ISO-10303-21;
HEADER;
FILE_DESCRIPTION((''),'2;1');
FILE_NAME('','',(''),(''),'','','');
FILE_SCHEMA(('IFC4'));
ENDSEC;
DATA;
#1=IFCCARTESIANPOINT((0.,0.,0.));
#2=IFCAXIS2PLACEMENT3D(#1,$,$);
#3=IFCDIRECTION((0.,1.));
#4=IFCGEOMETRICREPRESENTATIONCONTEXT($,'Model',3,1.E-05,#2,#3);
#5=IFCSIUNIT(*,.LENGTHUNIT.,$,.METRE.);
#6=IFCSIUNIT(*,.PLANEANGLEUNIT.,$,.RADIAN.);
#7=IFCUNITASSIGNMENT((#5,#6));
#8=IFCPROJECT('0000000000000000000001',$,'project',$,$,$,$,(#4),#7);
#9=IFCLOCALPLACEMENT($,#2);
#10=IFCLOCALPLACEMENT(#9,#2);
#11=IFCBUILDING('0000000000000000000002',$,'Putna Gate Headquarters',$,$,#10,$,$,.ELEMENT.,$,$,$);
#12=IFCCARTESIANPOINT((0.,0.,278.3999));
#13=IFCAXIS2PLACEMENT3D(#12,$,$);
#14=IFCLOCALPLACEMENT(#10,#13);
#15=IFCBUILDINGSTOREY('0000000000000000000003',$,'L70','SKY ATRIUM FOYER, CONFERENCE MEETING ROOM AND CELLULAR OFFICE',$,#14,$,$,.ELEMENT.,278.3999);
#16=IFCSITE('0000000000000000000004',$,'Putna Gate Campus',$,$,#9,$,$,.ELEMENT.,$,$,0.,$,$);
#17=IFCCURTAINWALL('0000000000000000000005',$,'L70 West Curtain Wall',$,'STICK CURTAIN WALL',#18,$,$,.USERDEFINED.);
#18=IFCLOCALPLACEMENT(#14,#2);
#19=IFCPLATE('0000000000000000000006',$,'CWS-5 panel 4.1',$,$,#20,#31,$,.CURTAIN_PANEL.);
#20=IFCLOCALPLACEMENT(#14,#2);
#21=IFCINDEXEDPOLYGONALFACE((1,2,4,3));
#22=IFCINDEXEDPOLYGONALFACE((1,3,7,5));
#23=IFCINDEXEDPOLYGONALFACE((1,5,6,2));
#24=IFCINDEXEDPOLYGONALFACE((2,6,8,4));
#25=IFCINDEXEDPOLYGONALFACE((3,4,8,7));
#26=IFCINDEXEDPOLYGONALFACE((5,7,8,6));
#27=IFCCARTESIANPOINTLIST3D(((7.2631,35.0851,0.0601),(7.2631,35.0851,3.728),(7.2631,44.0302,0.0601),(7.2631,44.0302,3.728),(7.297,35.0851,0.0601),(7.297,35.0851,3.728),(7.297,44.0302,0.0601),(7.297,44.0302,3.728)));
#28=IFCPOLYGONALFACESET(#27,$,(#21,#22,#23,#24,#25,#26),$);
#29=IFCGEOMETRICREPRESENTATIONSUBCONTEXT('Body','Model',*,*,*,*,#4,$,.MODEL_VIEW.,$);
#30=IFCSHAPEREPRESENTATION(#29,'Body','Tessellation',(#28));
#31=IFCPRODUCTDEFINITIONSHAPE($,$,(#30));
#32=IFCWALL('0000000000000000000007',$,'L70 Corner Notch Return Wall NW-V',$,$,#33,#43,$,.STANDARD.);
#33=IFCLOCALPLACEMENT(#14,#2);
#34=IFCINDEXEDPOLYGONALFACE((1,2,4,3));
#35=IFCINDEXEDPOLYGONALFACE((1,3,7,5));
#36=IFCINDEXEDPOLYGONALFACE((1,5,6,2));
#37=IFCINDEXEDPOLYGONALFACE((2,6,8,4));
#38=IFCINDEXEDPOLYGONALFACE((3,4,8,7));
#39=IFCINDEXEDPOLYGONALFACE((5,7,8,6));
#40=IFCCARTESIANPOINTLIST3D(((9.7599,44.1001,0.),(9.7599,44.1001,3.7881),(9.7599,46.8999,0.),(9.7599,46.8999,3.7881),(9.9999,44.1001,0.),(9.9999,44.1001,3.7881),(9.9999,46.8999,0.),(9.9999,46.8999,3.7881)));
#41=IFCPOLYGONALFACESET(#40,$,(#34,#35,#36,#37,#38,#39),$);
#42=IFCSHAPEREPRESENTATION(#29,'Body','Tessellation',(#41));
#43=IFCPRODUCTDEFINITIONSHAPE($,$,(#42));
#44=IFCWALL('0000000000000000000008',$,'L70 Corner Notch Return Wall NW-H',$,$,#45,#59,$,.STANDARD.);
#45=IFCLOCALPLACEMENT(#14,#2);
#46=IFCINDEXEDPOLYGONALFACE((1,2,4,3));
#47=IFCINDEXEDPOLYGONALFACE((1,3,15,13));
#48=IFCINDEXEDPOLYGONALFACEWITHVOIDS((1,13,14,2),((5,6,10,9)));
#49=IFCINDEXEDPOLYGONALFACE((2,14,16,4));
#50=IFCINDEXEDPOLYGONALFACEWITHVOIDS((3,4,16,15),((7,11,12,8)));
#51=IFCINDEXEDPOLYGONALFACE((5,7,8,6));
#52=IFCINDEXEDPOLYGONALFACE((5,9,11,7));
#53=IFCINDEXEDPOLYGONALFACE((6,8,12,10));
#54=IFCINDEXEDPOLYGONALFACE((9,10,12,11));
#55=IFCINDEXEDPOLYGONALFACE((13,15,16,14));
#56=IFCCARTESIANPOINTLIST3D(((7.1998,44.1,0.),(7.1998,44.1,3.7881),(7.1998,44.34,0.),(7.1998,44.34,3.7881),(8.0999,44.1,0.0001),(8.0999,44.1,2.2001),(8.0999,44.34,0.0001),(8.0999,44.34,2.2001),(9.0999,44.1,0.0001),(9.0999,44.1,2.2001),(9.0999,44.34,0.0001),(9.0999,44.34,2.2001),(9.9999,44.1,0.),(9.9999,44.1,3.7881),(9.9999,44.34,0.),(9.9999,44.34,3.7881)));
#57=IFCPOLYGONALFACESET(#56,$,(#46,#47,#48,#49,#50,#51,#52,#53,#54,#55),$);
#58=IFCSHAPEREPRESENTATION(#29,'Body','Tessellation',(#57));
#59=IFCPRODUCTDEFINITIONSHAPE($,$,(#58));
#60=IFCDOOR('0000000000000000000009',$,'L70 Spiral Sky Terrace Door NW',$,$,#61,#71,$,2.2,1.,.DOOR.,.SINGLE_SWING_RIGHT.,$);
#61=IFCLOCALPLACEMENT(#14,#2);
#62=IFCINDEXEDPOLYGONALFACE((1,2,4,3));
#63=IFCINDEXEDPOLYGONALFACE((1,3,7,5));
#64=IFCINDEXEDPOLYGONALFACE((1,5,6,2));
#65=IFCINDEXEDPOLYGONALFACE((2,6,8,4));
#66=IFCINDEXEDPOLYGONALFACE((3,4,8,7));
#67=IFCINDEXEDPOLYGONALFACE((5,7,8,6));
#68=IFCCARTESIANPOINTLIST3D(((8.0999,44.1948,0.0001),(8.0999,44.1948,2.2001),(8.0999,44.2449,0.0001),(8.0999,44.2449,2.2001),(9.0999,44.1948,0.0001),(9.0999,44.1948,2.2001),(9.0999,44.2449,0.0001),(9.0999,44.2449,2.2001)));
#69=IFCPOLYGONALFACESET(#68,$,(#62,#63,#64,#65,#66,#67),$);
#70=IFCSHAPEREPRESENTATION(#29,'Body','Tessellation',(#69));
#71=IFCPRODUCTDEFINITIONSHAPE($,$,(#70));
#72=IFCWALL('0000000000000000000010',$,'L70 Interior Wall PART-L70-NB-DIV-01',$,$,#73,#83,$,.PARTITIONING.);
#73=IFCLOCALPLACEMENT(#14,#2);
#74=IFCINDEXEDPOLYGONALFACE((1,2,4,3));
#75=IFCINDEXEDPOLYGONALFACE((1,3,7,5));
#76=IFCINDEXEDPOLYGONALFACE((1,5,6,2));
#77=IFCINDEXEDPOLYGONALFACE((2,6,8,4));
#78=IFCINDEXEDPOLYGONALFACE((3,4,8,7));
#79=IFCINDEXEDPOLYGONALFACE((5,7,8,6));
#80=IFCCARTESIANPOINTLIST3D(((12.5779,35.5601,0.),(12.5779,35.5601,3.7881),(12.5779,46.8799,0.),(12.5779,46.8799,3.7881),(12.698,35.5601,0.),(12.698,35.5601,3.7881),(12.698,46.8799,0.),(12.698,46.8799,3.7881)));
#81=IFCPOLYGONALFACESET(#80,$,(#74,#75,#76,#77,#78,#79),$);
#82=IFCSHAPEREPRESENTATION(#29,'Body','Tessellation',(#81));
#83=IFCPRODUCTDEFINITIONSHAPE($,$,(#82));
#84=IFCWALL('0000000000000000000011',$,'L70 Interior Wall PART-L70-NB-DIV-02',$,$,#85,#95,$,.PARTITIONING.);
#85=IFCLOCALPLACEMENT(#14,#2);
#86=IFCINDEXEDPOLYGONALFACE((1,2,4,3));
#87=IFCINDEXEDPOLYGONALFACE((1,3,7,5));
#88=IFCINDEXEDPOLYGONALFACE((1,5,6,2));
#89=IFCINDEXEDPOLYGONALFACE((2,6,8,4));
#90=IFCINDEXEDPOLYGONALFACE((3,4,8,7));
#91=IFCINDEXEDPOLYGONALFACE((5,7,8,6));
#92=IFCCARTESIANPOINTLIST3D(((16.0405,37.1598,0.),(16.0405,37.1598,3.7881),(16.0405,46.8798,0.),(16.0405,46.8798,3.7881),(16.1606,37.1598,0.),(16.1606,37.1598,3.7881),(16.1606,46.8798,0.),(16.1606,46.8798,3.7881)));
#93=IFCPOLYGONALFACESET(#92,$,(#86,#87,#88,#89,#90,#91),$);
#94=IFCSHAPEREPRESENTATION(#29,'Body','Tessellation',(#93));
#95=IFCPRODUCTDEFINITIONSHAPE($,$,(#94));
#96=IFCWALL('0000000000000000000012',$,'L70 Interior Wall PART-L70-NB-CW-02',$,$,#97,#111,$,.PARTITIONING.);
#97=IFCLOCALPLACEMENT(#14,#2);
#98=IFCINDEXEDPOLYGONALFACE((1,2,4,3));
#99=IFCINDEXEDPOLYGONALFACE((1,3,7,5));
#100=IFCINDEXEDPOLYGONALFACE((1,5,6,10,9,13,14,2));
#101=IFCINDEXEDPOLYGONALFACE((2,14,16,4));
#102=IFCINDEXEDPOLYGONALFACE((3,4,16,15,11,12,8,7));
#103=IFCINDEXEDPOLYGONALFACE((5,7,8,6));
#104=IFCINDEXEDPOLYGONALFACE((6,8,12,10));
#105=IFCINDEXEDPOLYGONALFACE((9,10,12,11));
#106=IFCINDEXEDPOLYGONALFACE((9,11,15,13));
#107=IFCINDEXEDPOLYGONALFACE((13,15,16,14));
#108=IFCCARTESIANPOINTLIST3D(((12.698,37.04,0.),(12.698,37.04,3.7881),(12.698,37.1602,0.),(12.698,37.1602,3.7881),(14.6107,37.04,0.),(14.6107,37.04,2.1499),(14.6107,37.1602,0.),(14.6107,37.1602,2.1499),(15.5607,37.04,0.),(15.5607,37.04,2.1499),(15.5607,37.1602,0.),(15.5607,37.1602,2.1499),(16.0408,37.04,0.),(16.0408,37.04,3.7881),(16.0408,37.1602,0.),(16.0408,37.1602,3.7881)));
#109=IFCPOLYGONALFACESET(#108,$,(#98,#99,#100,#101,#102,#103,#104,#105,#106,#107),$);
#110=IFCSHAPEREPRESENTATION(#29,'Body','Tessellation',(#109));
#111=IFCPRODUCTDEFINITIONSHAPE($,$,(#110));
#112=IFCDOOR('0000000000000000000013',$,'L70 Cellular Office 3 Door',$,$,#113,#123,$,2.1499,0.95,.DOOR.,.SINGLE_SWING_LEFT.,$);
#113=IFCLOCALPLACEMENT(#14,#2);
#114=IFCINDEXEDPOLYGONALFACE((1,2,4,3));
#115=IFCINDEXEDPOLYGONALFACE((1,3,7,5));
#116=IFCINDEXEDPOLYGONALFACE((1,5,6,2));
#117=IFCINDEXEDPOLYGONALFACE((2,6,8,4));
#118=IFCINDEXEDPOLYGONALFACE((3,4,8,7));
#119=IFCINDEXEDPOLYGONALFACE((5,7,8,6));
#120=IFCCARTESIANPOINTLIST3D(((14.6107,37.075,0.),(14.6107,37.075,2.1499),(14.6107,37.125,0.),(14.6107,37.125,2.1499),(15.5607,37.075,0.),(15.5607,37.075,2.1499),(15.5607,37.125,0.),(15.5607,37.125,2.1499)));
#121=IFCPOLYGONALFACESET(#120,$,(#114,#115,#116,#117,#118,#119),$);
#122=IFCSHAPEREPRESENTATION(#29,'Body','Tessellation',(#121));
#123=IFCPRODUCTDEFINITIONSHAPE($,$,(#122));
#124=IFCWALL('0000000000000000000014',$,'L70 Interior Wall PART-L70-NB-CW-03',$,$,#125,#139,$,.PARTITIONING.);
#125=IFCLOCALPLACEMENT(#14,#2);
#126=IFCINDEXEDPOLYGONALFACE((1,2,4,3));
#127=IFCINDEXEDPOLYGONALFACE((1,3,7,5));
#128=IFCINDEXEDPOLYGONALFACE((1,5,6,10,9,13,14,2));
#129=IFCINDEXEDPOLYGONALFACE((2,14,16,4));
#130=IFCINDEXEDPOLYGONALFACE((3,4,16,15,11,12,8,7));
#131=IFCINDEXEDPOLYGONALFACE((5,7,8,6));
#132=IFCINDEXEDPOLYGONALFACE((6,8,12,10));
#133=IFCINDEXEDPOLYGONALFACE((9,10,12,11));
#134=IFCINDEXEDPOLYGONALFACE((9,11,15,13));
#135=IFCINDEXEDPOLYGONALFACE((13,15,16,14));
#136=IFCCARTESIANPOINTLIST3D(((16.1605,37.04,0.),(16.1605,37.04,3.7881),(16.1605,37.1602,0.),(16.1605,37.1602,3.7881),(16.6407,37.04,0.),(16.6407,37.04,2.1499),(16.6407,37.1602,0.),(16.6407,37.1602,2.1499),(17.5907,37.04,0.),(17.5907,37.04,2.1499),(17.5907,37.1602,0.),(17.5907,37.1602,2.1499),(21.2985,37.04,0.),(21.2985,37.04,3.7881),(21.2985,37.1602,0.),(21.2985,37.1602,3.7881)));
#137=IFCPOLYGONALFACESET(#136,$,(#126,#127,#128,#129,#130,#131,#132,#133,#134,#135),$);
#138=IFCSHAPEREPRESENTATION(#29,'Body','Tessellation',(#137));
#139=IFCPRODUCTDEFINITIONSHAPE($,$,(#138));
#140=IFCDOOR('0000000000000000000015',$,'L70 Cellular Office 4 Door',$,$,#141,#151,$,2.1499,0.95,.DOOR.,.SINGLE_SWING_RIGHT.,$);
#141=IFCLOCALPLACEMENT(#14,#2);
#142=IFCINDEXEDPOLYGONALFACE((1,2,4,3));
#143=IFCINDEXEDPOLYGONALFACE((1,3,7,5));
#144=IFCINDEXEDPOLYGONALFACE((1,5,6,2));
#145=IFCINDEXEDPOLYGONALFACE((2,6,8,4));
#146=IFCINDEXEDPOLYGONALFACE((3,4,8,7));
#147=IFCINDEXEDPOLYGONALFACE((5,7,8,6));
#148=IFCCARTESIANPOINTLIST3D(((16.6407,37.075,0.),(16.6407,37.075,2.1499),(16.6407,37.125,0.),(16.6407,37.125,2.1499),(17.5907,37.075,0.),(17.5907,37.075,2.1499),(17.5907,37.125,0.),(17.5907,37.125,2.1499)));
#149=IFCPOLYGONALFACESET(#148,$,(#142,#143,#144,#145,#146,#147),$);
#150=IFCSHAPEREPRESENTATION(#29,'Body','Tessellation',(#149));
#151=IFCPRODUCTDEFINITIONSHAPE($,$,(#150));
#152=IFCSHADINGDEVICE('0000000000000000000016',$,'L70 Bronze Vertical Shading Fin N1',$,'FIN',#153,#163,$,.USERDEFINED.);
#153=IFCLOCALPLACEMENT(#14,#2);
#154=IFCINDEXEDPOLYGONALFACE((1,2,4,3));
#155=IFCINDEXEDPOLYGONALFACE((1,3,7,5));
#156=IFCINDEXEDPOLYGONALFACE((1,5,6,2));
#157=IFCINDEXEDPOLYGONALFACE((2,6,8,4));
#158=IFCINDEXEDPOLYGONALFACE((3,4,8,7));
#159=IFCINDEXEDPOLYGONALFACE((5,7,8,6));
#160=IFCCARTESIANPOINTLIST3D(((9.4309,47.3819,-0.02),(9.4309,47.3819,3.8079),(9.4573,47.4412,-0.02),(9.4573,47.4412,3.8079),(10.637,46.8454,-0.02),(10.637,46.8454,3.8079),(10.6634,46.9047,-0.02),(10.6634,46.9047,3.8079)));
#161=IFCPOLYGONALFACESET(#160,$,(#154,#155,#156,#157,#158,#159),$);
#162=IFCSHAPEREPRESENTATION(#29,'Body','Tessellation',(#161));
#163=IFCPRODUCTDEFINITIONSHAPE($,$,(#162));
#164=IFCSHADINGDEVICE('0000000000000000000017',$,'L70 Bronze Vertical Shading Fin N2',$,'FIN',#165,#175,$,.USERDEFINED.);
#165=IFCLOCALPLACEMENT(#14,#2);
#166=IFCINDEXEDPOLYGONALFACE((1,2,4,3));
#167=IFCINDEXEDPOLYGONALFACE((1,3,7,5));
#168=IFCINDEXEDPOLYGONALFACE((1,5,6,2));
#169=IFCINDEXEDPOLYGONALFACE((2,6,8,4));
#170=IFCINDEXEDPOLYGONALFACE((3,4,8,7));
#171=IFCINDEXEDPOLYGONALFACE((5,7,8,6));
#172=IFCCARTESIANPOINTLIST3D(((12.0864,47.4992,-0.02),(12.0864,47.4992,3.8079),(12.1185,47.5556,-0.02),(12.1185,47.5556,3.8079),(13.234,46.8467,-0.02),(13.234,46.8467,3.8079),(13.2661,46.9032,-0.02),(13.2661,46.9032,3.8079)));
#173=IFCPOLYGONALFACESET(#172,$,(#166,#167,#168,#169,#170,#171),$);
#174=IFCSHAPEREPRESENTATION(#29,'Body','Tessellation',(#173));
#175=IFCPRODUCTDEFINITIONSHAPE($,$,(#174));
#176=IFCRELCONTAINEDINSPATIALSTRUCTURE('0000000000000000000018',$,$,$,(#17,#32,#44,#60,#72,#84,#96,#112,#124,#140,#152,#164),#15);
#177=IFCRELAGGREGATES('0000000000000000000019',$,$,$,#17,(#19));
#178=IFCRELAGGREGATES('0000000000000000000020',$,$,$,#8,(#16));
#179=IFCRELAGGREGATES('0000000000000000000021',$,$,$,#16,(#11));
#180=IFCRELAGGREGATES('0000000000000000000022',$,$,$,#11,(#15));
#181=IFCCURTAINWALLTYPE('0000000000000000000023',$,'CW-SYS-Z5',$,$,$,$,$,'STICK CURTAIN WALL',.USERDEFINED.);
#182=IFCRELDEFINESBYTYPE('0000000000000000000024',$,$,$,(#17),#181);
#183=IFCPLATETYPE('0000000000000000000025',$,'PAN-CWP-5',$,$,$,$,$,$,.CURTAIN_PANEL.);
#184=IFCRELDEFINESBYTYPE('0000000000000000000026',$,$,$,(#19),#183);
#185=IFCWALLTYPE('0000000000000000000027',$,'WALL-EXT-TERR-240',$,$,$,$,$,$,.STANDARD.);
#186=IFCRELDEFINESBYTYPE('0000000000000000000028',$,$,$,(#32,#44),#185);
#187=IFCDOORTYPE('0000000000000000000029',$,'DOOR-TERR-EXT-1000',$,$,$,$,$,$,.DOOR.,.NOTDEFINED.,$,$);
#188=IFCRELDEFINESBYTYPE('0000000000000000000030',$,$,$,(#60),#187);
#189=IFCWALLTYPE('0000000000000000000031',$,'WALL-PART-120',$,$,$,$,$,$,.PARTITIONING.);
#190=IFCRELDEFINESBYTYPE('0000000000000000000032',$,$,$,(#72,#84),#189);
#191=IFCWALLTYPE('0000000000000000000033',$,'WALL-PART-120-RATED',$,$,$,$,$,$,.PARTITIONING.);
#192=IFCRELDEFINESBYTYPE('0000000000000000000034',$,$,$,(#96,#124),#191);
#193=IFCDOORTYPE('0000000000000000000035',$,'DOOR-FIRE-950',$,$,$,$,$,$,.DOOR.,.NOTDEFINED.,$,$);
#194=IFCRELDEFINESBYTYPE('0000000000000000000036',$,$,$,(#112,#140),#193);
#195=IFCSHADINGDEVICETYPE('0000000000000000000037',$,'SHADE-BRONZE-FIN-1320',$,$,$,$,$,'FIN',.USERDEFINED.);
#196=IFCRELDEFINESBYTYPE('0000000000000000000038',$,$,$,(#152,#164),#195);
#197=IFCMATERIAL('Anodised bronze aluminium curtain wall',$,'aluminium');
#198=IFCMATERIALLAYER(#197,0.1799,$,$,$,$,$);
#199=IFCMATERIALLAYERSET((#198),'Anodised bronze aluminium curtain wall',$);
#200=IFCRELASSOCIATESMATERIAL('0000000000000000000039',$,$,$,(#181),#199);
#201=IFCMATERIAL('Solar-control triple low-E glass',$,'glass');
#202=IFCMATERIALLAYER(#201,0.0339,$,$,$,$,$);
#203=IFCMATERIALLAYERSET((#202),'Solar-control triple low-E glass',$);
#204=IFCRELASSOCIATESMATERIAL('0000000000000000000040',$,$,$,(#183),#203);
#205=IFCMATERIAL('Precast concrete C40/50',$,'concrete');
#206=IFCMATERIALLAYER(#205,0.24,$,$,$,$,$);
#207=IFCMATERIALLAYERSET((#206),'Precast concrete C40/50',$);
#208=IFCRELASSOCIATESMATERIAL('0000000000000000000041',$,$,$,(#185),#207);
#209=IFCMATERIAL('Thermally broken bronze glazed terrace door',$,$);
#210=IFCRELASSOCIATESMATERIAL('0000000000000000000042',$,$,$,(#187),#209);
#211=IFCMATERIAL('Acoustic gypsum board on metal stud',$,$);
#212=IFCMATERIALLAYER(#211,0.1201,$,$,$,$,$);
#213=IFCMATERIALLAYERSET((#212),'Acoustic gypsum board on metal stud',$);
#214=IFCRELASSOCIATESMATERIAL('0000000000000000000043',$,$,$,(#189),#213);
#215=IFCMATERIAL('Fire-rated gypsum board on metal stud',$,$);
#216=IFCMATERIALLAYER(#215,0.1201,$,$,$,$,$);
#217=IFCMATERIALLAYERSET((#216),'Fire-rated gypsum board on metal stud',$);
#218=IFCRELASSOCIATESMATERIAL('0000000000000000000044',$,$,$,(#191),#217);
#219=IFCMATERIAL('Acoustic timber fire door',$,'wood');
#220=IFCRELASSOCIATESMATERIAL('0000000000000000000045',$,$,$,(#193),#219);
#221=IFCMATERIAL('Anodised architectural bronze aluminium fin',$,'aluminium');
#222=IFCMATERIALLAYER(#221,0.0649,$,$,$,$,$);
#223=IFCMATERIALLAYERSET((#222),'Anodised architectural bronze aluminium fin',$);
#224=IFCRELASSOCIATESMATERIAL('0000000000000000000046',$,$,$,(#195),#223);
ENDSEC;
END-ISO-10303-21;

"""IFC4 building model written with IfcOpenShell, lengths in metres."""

from ifc_helpers import new_model, si_unit, direction, frame, frame_2d, origin, origin_2d, place, context, subcontext, project, spatial, rectangle, extrude, material, layer, layer_set, type_object, element, fill, aggregate, save


model = new_model("IFC4")

# Units and contexts
model_context = context("Model", 3, precision=1e-05, world=origin(), true_north=direction((0.0, 1.0)))
body_context = subcontext(model_context, "Body", "Model", "MODEL_VIEW")
ifc_project = project(units=[si_unit("LENGTHUNIT", "METRE"), si_unit("PLANEANGLEUNIT", "RADIAN")], contexts=[model_context])

# Site, building, storey
site_placement = place(None, origin())
site = spatial("IfcSite", under=ifc_project, at=site_placement, Name="Putna Gate Campus", CompositionType="ELEMENT", RefElevation=0.0)
building_placement = place(site_placement, origin())
building = spatial("IfcBuilding", under=site, at=building_placement, Name="Putna Gate Headquarters", CompositionType="ELEMENT")
storey_placement = place(building_placement, frame((0.0, 0.0, 278.3999)))
storey = spatial("IfcBuildingStorey", under=building, at=storey_placement, Name="L70", Description="SKY ATRIUM FOYER, CONFERENCE MEETING ROOM AND CELLULAR OFFICE", CompositionType="ELEMENT", Elevation=278.3999)

# Shared definitions
ifc_material_1 = material(Name="Anodised bronze aluminium curtain wall", Category="aluminium")
ifc_layer_1 = layer(ifc_material_1, 0.1799)
ifc_layer_set_1 = layer_set([ifc_layer_1], Name="Anodised bronze aluminium curtain wall")
curtain_wall_type = type_object("IfcCurtainWallType", Name="CW-SYS-Z5", ElementType="STICK CURTAIN WALL", PredefinedType="USERDEFINED", material=ifc_layer_set_1)

# Curtain wall
curtain_wall_1_placement = place(storey_placement, origin())
curtain_wall_1 = element("IfcCurtainWall", 1, at=curtain_wall_1_placement, inside=storey, type_object=curtain_wall_type, Name="L70 West Curtain Wall", ObjectType="STICK CURTAIN WALL", PredefinedType="USERDEFINED")

# Plate
ifc_material_2 = material(Name="Solar-control triple low-E glass", Category="glass")
ifc_layer_2 = layer(ifc_material_2, 0.0339)
ifc_layer_set_2 = layer_set([ifc_layer_2], Name="Solar-control triple low-E glass")
plate_type = type_object("IfcPlateType", Name="PAN-CWP-5", PredefinedType="CURTAIN_PANEL", material=ifc_layer_set_2)
plate_1_placement = place(storey_placement, frame((7.28, 39.5576, 0.0601), z_axis=(0.0, 0.0, 1.0), x_axis=(0.0, 1.0, 0.0)))
plate_1 = element("IfcPlate", 2, at=plate_1_placement, type_object=plate_type, Name="CWS-5 panel 4.1", PredefinedType="CURTAIN_PANEL", context=body_context, shape_type="SweptSolid", body=[
    extrude(rectangle(XDim=8.9451, YDim=0.0339, at=origin_2d()), origin(), (0.0, 0.0, 1.0), 3.668),
])
aggregate(curtain_wall_1, [plate_1])

# Wall
ifc_material_3 = material(Name="Precast concrete C40/50", Category="concrete")
ifc_layer_3 = layer(ifc_material_3, 0.24)
ifc_layer_set_3 = layer_set([ifc_layer_3], Name="Precast concrete C40/50")
wall_type_1 = type_object("IfcWallType", Name="WALL-EXT-TERR-240", PredefinedType="STANDARD", material=ifc_layer_set_3)
wall_1_placement = place(storey_placement, frame((9.8799, 44.1001, 0.0), z_axis=(0.0, 0.0, 1.0), x_axis=(0.0, 1.0, 0.0)))
element("IfcWall", 3, at=wall_1_placement, inside=storey, type_object=wall_type_1, Name="L70 Corner Notch Return Wall NW-V", PredefinedType="STANDARD", context=body_context, shape_type="SweptSolid", body=[
    extrude(rectangle(XDim=2.7998, YDim=0.24, at=frame_2d((1.3999, 0.0))), origin(), (0.0, 0.0, 1.0), 3.7881),
])

# Wall, opening, door
wall_2_placement = place(storey_placement, frame((7.2, 44.22, 0.0), z_axis=(0.0, 0.0, 1.0), x_axis=(1.0, 0.0, 0.0)))
wall_2 = element("IfcWall", 4, at=wall_2_placement, inside=storey, type_object=wall_type_1, Name="L70 Corner Notch Return Wall NW-H", PredefinedType="STANDARD", context=body_context, shape_type="SweptSolid", body=[
    extrude(rectangle(XDim=2.8, YDim=0.24, at=frame_2d((1.3999, 0.0))), origin(), (0.0, 0.0, 1.0), 3.7881),
])
opening_1_placement = place(wall_2_placement, frame((0.8999, 0.0, 0.0)))
opening_1 = element("IfcOpeningElement", 5, at=opening_1_placement, cuts=wall_2, PredefinedType="OPENING", context=body_context, shape_type="SweptSolid", body=[
    extrude(rectangle(XDim=1.0, YDim=2.2, at=frame_2d((0.5, 1.1001))), frame((0.0, 0.1299, 0.0), z_axis=(0.0, -1.0, 0.0), x_axis=(1.0, 0.0, 0.0)), (0.0, 0.0, 1.0), 0.26),
])
ifc_material_4 = material(Name="Thermally broken bronze glazed terrace door")
door_type_1 = type_object("IfcDoorType", Name="DOOR-TERR-EXT-1000", OperationType="NOTDEFINED", PredefinedType="DOOR", material=ifc_material_4)
door_1_placement = place(opening_1_placement, origin())
door_1 = element("IfcDoor", 6, at=door_1_placement, inside=storey, type_object=door_type_1, Name="L70 Spiral Sky Terrace Door NW", OperationType="SINGLE_SWING_RIGHT", OverallHeight=2.2, OverallWidth=1.0, PredefinedType="DOOR", context=body_context, shape_type="SweptSolid", body=[
    extrude(rectangle(XDim=1.0, YDim=2.2, at=frame_2d((0.5, 1.1001))), frame((0.0, 0.0249, 0.0), z_axis=(0.0, -1.0, 0.0), x_axis=(1.0, 0.0, 0.0)), (0.0, 0.0, 1.0), 0.05),
])
fill(opening_1, door_1)

# Walls
ifc_material_5 = material(Name="Acoustic gypsum board on metal stud")
ifc_layer_4 = layer(ifc_material_5, 0.1201)
ifc_layer_set_4 = layer_set([ifc_layer_4], Name="Acoustic gypsum board on metal stud")
wall_type_2 = type_object("IfcWallType", Name="WALL-PART-120", PredefinedType="PARTITIONING", material=ifc_layer_set_4)
wall_3_placement = place(storey_placement, frame((12.6379, 35.5601, 0.0), z_axis=(0.0, 0.0, 1.0), x_axis=(0.0, 1.0, 0.0)))
element("IfcWall", 7, at=wall_3_placement, inside=storey, type_object=wall_type_2, Name="L70 Interior Wall PART-L70-NB-DIV-01", PredefinedType="PARTITIONING", context=body_context, shape_type="SweptSolid", body=[
    extrude(rectangle(XDim=11.3198, YDim=0.1201, at=frame_2d((5.6599, 0.0))), origin(), (0.0, 0.0, 1.0), 3.7881),
])
wall_4_placement = place(storey_placement, frame((16.1006, 37.1599, 0.0), z_axis=(0.0, 0.0, 1.0), x_axis=(0.0, 1.0, 0.0)))
element("IfcWall", 8, at=wall_4_placement, inside=storey, type_object=wall_type_2, Name="L70 Interior Wall PART-L70-NB-DIV-02", PredefinedType="PARTITIONING", context=body_context, shape_type="SweptSolid", body=[
    extrude(rectangle(XDim=9.72, YDim=0.1201, at=frame_2d((4.8599, 0.0))), origin(), (0.0, 0.0, 1.0), 3.7881),
])

# Walls, openings, doors
ifc_material_6 = material(Name="Fire-rated gypsum board on metal stud")
ifc_layer_5 = layer(ifc_material_6, 0.1201)
ifc_layer_set_5 = layer_set([ifc_layer_5], Name="Fire-rated gypsum board on metal stud")
wall_type_3 = type_object("IfcWallType", Name="WALL-PART-120-RATED", PredefinedType="PARTITIONING", material=ifc_layer_set_5)
wall_5_placement = place(storey_placement, frame((12.698, 37.1001, 0.0), z_axis=(0.0, 0.0, 1.0), x_axis=(1.0, 0.0, 0.0)))
wall_5 = element("IfcWall", 9, at=wall_5_placement, inside=storey, type_object=wall_type_3, Name="L70 Interior Wall PART-L70-NB-CW-02", PredefinedType="PARTITIONING", context=body_context, shape_type="SweptSolid", body=[
    extrude(rectangle(XDim=3.3428, YDim=0.1201, at=frame_2d((1.6714, 0.0))), origin(), (0.0, 0.0, 1.0), 3.7881),
])
opening_2_placement = place(wall_5_placement, frame((1.9126, 0.0, 0.0)))
opening_2 = element("IfcOpeningElement", 10, at=opening_2_placement, cuts=wall_5, PredefinedType="OPENING", context=body_context, shape_type="SweptSolid", body=[
    extrude(rectangle(XDim=0.95, YDim=2.1499, at=frame_2d((0.4751, 1.075))), frame((0.0, 0.0701, 0.0), z_axis=(0.0, -1.0, 0.0), x_axis=(1.0, 0.0, 0.0)), (0.0, 0.0, 1.0), 0.1401),
])
ifc_material_7 = material(Name="Acoustic timber fire door", Category="wood")
door_type_2 = type_object("IfcDoorType", Name="DOOR-FIRE-950", OperationType="NOTDEFINED", PredefinedType="DOOR", material=ifc_material_7)
door_2_placement = place(opening_2_placement, origin())
door_2 = element("IfcDoor", 11, at=door_2_placement, inside=storey, type_object=door_type_2, Name="L70 Cellular Office 3 Door", OperationType="SINGLE_SWING_LEFT", OverallHeight=2.1499, OverallWidth=0.95, PredefinedType="DOOR", context=body_context, shape_type="SweptSolid", body=[
    extrude(rectangle(XDim=0.95, YDim=2.1499, at=frame_2d((0.4751, 1.075))), frame((0.0, 0.0249, 0.0), z_axis=(0.0, -1.0, 0.0), x_axis=(1.0, 0.0, 0.0)), (0.0, 0.0, 1.0), 0.05),
])
fill(opening_2, door_2)
wall_6_placement = place(storey_placement, frame((16.1606, 37.1001, 0.0), z_axis=(0.0, 0.0, 1.0), x_axis=(1.0, 0.0, 0.0)))
wall_6 = element("IfcWall", 12, at=wall_6_placement, inside=storey, type_object=wall_type_3, Name="L70 Interior Wall PART-L70-NB-CW-03", PredefinedType="PARTITIONING", context=body_context, shape_type="SweptSolid", body=[
    extrude(rectangle(XDim=5.1379, YDim=0.1201, at=frame_2d((2.5688, 0.0))), origin(), (0.0, 0.0, 1.0), 3.7881),
])
opening_3_placement = place(wall_6_placement, frame((0.48, 0.0, 0.0)))
opening_3 = element("IfcOpeningElement", 13, at=opening_3_placement, cuts=wall_6, PredefinedType="OPENING", context=body_context, shape_type="SweptSolid", body=[
    extrude(rectangle(XDim=0.95, YDim=2.1499, at=frame_2d((0.4751, 1.075))), frame((0.0, 0.0701, 0.0), z_axis=(0.0, -1.0, 0.0), x_axis=(1.0, 0.0, 0.0)), (0.0, 0.0, 1.0), 0.1401),
])
door_3_placement = place(opening_3_placement, origin())
door_3 = element("IfcDoor", 14, at=door_3_placement, inside=storey, type_object=door_type_2, Name="L70 Cellular Office 4 Door", OperationType="SINGLE_SWING_RIGHT", OverallHeight=2.1499, OverallWidth=0.95, PredefinedType="DOOR", context=body_context, shape_type="SweptSolid", body=[
    extrude(rectangle(XDim=0.95, YDim=2.1499, at=frame_2d((0.4751, 1.075))), frame((0.0, 0.0249, 0.0), z_axis=(0.0, -1.0, 0.0), x_axis=(1.0, 0.0, 0.0)), (0.0, 0.0, 1.0), 0.05),
])
fill(opening_3, door_3)

# Shading devices
ifc_material_8 = material(Name="Anodised architectural bronze aluminium fin", Category="aluminium")
ifc_layer_6 = layer(ifc_material_8, 0.0649)
ifc_layer_set_6 = layer_set([ifc_layer_6], Name="Anodised architectural bronze aluminium fin")
shading_device_type = type_object("IfcShadingDeviceType", Name="SHADE-BRONZE-FIN-1320", ElementType="FIN", PredefinedType="USERDEFINED", material=ifc_layer_set_6)
for number, where, z_axis, x_axis, name in (
    (15, (10.0471, 47.1433, -0.02), (0.0, 0.0, 1.0), (-0.913687, 0.406418, 0.0), "L70 Bronze Vertical Shading Fin N1"),
    (16, (12.6763, 47.2012, -0.02), (0.0, 0.0, 1.0), (-0.869322, 0.494245, 0.0), "L70 Bronze Vertical Shading Fin N2"),
):
    element("IfcShadingDevice", number, at=place(storey_placement, frame(where, z_axis=z_axis, x_axis=x_axis)), inside=storey, type_object=shading_device_type, Name=name, ObjectType="FIN", PredefinedType="USERDEFINED", context=body_context, shape_type="SweptSolid", body=[
        extrude(rectangle(XDim=1.3201, YDim=0.0649, at=origin_2d()), origin(), (0.0, 0.0, 1.0), 3.8279),
    ])

save(model, "model.ifc")
